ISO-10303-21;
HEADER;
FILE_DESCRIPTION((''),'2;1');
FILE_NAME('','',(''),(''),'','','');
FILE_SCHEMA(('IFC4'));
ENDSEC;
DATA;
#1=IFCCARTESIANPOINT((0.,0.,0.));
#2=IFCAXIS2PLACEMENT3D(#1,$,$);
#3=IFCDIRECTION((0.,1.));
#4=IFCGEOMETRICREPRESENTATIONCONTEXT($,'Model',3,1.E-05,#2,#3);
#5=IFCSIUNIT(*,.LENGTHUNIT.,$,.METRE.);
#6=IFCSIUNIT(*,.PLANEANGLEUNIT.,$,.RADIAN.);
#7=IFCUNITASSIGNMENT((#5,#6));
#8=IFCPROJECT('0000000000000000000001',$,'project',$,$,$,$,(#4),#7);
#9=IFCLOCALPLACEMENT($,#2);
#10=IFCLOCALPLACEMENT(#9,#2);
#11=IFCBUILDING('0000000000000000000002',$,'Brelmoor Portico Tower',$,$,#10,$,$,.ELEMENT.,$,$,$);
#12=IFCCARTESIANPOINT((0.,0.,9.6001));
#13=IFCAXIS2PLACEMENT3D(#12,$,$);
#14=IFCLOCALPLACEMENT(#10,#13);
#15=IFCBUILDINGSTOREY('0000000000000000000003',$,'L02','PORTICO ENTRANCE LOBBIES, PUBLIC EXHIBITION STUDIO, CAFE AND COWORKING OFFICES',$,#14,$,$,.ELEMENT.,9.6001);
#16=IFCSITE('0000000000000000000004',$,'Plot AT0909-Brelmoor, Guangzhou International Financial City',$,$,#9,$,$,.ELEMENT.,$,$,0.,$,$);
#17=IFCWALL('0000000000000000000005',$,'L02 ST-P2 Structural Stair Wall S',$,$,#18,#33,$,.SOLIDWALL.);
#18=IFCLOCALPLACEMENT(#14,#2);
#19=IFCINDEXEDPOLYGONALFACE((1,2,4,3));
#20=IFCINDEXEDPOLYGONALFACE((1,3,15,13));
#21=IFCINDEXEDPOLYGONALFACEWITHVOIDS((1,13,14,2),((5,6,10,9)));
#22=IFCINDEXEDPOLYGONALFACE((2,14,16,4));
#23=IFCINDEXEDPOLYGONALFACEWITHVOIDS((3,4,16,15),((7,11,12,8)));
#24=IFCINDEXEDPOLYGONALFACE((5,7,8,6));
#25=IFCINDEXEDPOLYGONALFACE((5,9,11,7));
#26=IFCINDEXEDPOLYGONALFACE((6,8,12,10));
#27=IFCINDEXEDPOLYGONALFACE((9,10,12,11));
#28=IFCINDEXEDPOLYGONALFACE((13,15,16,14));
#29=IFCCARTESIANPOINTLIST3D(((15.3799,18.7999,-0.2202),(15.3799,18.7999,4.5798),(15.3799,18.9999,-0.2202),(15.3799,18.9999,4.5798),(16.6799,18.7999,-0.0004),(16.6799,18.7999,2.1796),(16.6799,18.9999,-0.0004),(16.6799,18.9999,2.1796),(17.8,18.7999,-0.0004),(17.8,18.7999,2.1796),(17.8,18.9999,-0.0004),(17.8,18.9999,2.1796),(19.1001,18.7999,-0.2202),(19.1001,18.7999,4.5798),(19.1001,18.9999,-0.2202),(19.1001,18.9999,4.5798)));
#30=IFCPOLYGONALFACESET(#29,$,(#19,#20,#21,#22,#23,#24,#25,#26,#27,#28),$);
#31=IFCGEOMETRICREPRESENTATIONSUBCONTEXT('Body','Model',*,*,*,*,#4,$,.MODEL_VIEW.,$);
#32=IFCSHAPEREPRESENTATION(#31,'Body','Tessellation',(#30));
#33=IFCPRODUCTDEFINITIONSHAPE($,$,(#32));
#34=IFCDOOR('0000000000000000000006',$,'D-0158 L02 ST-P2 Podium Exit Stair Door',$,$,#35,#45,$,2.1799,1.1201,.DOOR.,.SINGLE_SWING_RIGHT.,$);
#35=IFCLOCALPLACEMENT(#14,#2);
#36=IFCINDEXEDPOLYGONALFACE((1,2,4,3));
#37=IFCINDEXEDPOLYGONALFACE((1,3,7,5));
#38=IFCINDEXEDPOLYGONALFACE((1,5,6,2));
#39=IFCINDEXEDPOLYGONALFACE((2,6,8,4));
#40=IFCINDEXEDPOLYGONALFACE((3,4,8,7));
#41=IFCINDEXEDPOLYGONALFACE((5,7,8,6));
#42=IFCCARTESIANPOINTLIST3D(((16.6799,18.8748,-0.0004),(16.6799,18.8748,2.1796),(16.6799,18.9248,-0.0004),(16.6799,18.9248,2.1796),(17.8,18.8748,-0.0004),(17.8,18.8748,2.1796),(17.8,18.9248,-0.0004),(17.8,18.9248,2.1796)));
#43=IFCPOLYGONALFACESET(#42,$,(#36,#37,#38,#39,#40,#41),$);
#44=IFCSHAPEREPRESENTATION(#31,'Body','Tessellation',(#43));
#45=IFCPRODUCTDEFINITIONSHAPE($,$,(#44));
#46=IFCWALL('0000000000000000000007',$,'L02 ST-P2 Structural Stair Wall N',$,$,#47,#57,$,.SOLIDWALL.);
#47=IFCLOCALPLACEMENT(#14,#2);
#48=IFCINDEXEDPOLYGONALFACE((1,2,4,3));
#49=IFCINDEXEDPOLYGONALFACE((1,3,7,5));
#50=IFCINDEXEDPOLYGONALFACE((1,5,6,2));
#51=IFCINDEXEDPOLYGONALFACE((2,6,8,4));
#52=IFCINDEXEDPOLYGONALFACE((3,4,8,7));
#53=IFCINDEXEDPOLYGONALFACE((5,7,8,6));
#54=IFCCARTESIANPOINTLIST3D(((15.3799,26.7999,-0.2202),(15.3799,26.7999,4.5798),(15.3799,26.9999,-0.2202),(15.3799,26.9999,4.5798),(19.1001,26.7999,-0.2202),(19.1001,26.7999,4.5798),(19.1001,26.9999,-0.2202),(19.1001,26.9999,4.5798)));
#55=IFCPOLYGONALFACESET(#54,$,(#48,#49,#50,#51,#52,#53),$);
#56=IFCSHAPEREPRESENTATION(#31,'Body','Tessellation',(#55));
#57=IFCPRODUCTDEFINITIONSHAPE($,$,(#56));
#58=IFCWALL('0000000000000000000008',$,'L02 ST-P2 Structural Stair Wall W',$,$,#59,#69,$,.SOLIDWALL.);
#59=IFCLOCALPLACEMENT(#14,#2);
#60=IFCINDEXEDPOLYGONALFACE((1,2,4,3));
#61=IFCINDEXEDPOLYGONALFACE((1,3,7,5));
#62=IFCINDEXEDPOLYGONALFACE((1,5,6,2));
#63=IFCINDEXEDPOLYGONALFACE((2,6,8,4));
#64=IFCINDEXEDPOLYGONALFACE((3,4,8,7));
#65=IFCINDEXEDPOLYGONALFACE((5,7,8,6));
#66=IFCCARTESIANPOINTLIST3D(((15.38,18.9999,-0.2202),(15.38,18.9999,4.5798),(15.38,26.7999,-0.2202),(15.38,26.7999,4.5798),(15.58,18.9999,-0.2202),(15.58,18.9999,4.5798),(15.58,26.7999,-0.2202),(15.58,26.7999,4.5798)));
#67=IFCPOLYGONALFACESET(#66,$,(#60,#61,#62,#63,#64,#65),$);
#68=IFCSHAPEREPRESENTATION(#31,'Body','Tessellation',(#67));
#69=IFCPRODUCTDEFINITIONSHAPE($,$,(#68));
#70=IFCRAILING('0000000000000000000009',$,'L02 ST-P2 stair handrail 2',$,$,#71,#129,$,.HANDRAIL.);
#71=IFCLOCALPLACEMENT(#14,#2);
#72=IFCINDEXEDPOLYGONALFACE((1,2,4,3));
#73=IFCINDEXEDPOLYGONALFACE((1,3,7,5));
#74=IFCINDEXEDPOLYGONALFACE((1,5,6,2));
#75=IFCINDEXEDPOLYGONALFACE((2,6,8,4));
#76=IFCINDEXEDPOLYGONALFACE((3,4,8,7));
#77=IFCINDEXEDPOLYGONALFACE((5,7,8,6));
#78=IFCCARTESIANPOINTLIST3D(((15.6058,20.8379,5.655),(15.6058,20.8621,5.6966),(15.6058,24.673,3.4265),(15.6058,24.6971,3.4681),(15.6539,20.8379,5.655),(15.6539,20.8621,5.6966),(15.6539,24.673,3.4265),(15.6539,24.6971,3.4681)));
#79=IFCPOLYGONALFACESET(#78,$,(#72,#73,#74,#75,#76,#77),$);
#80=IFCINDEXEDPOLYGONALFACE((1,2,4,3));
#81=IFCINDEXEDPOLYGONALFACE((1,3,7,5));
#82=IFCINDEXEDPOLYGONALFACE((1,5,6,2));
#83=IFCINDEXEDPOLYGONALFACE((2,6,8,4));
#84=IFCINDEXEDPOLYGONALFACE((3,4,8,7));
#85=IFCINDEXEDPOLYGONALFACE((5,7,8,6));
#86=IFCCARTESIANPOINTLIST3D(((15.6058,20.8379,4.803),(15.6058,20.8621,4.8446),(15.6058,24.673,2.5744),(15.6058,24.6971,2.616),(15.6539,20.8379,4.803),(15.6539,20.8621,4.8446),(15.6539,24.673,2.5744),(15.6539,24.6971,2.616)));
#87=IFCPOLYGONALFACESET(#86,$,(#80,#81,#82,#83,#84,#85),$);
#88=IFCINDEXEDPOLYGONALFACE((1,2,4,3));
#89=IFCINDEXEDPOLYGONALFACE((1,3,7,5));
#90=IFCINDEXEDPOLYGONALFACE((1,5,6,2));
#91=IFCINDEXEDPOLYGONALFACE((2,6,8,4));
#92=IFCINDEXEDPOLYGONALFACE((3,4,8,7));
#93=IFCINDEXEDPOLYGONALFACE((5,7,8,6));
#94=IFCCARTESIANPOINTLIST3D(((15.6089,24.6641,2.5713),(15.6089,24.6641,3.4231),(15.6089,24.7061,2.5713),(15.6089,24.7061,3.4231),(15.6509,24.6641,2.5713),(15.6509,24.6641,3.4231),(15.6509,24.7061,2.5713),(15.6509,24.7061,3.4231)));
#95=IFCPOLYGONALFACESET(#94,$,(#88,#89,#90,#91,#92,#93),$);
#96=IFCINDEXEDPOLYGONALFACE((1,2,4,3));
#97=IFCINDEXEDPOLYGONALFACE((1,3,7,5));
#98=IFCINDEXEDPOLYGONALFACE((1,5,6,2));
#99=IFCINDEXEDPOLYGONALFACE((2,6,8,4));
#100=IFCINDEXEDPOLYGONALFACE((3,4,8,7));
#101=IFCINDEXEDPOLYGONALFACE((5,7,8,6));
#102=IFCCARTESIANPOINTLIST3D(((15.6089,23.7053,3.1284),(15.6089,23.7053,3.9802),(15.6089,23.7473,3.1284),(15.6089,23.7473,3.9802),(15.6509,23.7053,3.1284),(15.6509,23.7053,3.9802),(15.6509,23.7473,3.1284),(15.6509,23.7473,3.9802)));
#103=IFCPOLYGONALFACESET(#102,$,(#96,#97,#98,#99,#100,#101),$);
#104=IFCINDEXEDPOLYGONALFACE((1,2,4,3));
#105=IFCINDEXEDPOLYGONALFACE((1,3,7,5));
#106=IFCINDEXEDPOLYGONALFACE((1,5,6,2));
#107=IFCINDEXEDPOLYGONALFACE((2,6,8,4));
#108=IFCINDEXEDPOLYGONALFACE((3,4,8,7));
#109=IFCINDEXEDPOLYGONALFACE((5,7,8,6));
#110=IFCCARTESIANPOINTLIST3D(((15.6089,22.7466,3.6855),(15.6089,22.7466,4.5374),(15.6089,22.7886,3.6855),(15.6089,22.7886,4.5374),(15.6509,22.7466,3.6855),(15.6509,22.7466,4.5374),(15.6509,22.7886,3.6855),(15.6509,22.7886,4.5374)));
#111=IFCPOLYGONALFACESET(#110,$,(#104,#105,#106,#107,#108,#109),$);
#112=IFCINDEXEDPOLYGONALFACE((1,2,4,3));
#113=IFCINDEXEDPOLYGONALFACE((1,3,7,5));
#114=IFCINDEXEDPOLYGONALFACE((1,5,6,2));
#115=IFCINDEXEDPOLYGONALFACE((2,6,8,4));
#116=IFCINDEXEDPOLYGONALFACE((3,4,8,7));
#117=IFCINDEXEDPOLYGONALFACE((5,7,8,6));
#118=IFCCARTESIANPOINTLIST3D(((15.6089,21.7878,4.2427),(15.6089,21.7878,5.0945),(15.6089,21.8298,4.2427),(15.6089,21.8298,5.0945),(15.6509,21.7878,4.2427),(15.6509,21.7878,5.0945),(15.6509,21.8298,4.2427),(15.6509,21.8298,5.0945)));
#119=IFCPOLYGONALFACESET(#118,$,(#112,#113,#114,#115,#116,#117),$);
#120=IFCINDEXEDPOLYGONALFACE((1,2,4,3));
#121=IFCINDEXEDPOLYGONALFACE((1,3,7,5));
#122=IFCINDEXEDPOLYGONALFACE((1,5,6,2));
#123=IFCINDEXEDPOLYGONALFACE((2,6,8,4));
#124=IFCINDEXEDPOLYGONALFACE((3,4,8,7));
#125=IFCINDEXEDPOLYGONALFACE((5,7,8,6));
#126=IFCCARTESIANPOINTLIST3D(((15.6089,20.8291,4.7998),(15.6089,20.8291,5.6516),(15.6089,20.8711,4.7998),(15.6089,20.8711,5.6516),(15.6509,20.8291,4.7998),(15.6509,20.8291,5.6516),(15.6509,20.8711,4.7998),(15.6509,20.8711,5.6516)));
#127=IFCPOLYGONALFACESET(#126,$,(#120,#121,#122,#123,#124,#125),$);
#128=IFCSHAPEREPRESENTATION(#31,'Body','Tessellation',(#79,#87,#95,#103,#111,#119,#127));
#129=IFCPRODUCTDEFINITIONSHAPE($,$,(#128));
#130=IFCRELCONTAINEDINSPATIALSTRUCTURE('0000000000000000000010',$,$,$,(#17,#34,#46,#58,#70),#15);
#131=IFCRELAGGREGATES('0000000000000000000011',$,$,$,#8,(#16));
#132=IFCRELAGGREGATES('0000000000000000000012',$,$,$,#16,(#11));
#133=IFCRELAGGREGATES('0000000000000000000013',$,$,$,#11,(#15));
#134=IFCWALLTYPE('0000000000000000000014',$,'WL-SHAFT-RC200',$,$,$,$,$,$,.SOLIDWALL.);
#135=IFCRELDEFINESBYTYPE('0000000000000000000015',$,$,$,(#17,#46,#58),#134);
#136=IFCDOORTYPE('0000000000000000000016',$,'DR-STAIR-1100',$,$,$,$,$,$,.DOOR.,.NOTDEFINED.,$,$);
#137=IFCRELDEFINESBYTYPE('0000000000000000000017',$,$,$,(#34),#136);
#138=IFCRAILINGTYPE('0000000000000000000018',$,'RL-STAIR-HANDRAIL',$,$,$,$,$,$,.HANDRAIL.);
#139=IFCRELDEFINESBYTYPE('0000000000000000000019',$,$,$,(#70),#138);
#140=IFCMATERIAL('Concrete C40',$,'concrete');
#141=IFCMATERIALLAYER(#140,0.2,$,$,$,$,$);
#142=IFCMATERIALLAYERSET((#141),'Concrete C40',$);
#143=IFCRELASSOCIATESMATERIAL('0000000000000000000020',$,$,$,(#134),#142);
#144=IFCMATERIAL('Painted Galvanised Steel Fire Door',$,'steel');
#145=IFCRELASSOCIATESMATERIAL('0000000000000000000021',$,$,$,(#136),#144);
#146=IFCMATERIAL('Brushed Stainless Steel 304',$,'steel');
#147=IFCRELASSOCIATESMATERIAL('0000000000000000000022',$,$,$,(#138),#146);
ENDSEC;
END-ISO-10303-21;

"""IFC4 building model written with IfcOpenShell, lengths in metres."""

from ifc_helpers import new_model, si_unit, direction, frame, frame_2d, origin, origin_2d, place, context, subcontext, project, spatial, rectangle, extrude, material, layer, layer_set, type_object, element, fill, save


model = new_model("IFC4")

# Units and contexts
model_context = context("Model", 3, precision=1e-05, world=origin(), true_north=direction((0.0, 1.0)))
body_context = subcontext(model_context, "Body", "Model", "MODEL_VIEW")
ifc_project = project(units=[si_unit("LENGTHUNIT", "METRE"), si_unit("PLANEANGLEUNIT", "RADIAN")], contexts=[model_context])

# Site, building, storey
site_placement = place(None, origin())
site = spatial("IfcSite", under=ifc_project, at=site_placement, Name="Plot AT0909-Brelmoor, Guangzhou International Financial City", CompositionType="ELEMENT", RefElevation=0.0)
building_placement = place(site_placement, origin())
building = spatial("IfcBuilding", under=site, at=building_placement, Name="Brelmoor Portico Tower", CompositionType="ELEMENT")
storey_placement = place(building_placement, frame((0.0, 0.0, 9.6001)))
storey = spatial("IfcBuildingStorey", under=building, at=storey_placement, Name="L02", Description="PORTICO ENTRANCE LOBBIES, PUBLIC EXHIBITION STUDIO, CAFE AND COWORKING OFFICES", CompositionType="ELEMENT", Elevation=9.6001)

# Wall, opening, door
ifc_material_1 = material(Name="Concrete C40", Category="concrete")
ifc_layer_1 = layer(ifc_material_1, 0.2)
ifc_layer_set_1 = layer_set([ifc_layer_1], Name="Concrete C40")
wall_type_1 = type_object("IfcWallType", Name="WL-SHAFT-RC200", PredefinedType="SOLIDWALL", material=ifc_layer_set_1)
wall_1_placement = place(storey_placement, frame((15.3799, 18.8999, -0.2202), z_axis=(0.0, 0.0, 1.0), x_axis=(1.0, 0.0, 0.0)))
wall_1 = element("IfcWall", 1, at=wall_1_placement, inside=storey, type_object=wall_type_1, Name="L02 ST-P2 Structural Stair Wall S", PredefinedType="SOLIDWALL", context=body_context, shape_type="SweptSolid", body=[
    extrude(rectangle(XDim=3.7202, YDim=0.2, at=frame_2d((1.8601, 0.0))), origin(), (0.0, 0.0, 1.0), 4.8),
])
opening_placement = place(wall_1_placement, frame((1.3, 0.0, 0.22)))
opening = element("IfcOpeningElement", 2, at=opening_placement, cuts=wall_1, PredefinedType="OPENING", context=body_context, shape_type="SweptSolid", body=[
    extrude(rectangle(XDim=1.1201, YDim=2.1799, at=frame_2d((0.5601, 1.0898))), frame((0.0, 0.1099, 0.0), z_axis=(0.0, -1.0, 0.0), x_axis=(1.0, 0.0, 0.0)), (0.0, 0.0, 1.0), 0.22),
])
ifc_material_2 = material(Name="Painted Galvanised Steel Fire Door", Category="steel")
door_type = type_object("IfcDoorType", Name="DR-STAIR-1100", OperationType="NOTDEFINED", PredefinedType="DOOR", material=ifc_material_2)
door_placement = place(opening_placement, origin())
door = element("IfcDoor", 3, at=door_placement, inside=storey, type_object=door_type, Name="D-0158 L02 ST-P2 Podium Exit Stair Door", OperationType="SINGLE_SWING_RIGHT", OverallHeight=2.1799, OverallWidth=1.1201, PredefinedType="DOOR", context=body_context, shape_type="SweptSolid", body=[
    extrude(rectangle(XDim=1.1201, YDim=2.1799, at=frame_2d((0.5601, 1.0898))), frame((0.0, 0.0249, 0.0), z_axis=(0.0, -1.0, 0.0), x_axis=(1.0, 0.0, 0.0)), (0.0, 0.0, 1.0), 0.05),
])
fill(opening, door)

# Walls
wall_2_placement = place(storey_placement, frame((15.3799, 26.8999, -0.2202), z_axis=(0.0, 0.0, 1.0), x_axis=(1.0, 0.0, 0.0)))
element("IfcWall", 4, at=wall_2_placement, inside=storey, type_object=wall_type_1, Name="L02 ST-P2 Structural Stair Wall N", PredefinedType="SOLIDWALL", context=body_context, shape_type="SweptSolid", body=[
    extrude(rectangle(XDim=3.7202, YDim=0.2, at=frame_2d((1.8601, 0.0))), origin(), (0.0, 0.0, 1.0), 4.8),
])
wall_3_placement = place(storey_placement, frame((15.48, 19.0, -0.2202), z_axis=(0.0, 0.0, 1.0), x_axis=(0.0, 1.0, 0.0)))
element("IfcWall", 5, at=wall_3_placement, inside=storey, type_object=wall_type_1, Name="L02 ST-P2 Structural Stair Wall W", PredefinedType="SOLIDWALL", context=body_context, shape_type="SweptSolid", body=[
    extrude(rectangle(XDim=7.8, YDim=0.2, at=frame_2d((3.8999, 0.0))), origin(), (0.0, 0.0, 1.0), 4.8),
])

# Railing
ifc_material_3 = material(Name="Brushed Stainless Steel 304", Category="steel")
railing_type = type_object("IfcRailingType", Name="RL-STAIR-HANDRAIL", PredefinedType="HANDRAIL", material=ifc_material_3)
railing_placement = place(storey_placement, frame((15.6299, 24.6851, 2.5713)))
element("IfcRailing", 6, at=railing_placement, inside=storey, type_object=railing_type, Name="L02 ST-P2 stair handrail 2", PredefinedType="HANDRAIL", context=body_context, shape_type="SweptSolid", body=[
    extrude(rectangle(XDim=0.0481, YDim=0.0481, at=origin_2d()), frame((0.0, 0.0, 0.876), z_axis=(0.0, -0.864616, 0.502433), x_axis=(1.0, 0.0, 0.0)), (0.0, 0.0, 1.0), 4.4355),
    extrude(rectangle(XDim=0.0481, YDim=0.0481, at=origin_2d()), frame((0.0, 0.0, 0.0239), z_axis=(0.0, -0.864616, 0.502433), x_axis=(1.0, 0.0, 0.0)), (0.0, 0.0, 1.0), 4.4355),
    extrude(rectangle(XDim=0.042, YDim=0.042, at=origin_2d()), origin(), (0.0, 0.0, 1.0), 0.8518),
    extrude(rectangle(XDim=0.042, YDim=0.042, at=origin_2d()), frame((0.0, -0.9587, 0.5571)), (0.0, 0.0, 1.0), 0.8518),
    extrude(rectangle(XDim=0.042, YDim=0.042, at=origin_2d()), frame((0.0, -1.9175, 1.1143)), (0.0, 0.0, 1.0), 0.8518),
    extrude(rectangle(XDim=0.042, YDim=0.042, at=origin_2d()), frame((0.0, -2.8762, 1.6714)), (0.0, 0.0, 1.0), 0.8518),
    extrude(rectangle(XDim=0.042, YDim=0.042, at=origin_2d()), frame((0.0, -3.835, 2.2285)), (0.0, 0.0, 1.0), 0.8518),
])

save(model, "model.ifc")
